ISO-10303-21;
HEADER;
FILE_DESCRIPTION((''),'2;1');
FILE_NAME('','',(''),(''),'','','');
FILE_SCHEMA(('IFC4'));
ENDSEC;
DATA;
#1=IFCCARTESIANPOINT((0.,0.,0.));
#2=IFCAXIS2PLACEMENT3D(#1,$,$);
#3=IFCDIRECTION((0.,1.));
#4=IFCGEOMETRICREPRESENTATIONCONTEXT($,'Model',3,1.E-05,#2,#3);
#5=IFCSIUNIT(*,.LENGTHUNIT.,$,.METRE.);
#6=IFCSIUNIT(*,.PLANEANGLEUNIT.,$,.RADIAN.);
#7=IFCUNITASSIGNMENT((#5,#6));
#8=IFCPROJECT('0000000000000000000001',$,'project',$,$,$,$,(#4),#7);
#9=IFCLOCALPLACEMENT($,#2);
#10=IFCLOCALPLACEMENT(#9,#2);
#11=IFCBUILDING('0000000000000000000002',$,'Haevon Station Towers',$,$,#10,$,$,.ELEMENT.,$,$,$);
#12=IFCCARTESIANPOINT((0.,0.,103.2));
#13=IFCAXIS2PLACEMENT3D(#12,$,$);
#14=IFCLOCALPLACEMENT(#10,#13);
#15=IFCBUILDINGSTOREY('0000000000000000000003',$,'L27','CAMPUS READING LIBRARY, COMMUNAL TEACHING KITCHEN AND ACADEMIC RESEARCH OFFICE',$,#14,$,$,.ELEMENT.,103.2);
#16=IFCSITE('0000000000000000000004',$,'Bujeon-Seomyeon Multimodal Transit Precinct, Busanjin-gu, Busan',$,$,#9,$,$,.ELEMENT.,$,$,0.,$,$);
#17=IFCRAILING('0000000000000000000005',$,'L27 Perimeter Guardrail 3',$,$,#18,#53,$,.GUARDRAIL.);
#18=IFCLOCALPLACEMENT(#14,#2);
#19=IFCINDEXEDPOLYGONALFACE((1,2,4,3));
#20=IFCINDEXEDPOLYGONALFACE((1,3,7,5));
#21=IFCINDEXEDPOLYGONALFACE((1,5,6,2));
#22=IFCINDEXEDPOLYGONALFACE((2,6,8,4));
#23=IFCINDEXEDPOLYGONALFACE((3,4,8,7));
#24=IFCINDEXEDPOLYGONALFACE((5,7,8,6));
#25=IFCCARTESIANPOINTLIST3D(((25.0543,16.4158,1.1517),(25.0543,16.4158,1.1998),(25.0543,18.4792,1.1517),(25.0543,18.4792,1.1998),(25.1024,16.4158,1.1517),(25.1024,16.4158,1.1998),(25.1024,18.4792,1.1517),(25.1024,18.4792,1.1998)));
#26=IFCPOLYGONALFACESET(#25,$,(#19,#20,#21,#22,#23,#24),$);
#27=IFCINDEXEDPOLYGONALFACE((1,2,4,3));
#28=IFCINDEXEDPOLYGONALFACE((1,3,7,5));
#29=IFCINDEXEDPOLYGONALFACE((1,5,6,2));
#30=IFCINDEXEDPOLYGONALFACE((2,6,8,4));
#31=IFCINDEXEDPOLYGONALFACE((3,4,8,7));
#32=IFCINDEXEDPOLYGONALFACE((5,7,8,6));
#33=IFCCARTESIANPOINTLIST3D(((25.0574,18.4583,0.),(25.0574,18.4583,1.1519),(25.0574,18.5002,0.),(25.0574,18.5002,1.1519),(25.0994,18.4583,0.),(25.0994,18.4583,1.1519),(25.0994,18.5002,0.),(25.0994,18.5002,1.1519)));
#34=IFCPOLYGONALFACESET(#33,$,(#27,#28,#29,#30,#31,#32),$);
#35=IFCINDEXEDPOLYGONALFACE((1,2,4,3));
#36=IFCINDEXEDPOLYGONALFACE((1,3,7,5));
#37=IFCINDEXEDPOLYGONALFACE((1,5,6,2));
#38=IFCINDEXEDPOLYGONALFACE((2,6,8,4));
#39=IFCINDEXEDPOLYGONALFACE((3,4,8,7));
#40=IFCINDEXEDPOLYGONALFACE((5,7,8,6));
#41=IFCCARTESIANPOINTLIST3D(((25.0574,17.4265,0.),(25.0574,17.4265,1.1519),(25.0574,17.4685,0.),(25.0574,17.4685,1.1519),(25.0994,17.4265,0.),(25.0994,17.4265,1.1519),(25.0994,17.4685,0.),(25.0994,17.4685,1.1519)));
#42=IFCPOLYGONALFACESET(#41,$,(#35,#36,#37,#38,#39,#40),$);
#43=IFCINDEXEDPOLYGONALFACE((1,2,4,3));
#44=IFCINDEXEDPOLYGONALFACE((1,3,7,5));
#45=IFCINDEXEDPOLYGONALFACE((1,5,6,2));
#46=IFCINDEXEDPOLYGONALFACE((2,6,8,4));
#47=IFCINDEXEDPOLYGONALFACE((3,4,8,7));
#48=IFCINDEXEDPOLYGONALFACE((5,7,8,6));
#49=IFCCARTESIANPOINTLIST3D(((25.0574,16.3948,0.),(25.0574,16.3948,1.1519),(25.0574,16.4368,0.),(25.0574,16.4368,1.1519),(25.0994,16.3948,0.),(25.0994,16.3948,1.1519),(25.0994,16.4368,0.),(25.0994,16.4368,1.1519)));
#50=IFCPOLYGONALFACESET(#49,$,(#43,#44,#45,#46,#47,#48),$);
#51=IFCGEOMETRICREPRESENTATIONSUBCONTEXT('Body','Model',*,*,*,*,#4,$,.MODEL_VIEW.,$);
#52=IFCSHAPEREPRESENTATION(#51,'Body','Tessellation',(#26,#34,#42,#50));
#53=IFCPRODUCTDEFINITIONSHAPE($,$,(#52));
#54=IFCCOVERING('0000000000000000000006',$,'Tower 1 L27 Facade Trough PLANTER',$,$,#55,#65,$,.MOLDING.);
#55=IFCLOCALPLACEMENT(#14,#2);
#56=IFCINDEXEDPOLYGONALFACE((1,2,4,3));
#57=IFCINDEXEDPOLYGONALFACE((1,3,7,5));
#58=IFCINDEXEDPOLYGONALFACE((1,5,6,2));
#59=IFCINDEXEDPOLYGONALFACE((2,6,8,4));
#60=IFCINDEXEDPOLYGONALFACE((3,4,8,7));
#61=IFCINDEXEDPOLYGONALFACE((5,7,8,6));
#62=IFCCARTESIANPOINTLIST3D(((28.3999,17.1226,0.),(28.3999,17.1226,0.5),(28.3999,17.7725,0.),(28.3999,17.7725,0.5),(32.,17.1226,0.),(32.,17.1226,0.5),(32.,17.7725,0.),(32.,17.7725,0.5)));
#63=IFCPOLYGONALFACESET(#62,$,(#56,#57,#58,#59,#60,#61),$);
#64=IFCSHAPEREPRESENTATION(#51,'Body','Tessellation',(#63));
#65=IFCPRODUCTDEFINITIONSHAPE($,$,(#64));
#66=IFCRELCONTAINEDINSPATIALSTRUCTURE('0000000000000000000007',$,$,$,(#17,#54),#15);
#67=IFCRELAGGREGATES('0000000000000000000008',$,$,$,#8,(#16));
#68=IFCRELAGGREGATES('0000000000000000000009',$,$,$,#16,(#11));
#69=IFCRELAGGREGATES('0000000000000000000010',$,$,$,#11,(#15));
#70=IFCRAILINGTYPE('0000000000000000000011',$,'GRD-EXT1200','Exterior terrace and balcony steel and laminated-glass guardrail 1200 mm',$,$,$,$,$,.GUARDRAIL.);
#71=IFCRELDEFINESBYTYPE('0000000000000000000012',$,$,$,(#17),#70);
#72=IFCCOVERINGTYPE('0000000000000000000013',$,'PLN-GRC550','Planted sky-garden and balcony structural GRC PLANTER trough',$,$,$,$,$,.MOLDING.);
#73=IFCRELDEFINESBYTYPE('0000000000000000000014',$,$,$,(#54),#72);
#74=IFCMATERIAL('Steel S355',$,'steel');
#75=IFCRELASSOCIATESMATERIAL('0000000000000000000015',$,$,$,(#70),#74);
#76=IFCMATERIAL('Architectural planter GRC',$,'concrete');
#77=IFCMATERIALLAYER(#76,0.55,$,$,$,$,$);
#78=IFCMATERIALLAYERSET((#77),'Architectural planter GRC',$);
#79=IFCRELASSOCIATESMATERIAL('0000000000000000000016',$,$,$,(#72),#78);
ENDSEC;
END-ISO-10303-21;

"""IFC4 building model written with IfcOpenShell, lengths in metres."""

from ifc_helpers import new_model, si_unit, direction, frame, origin, origin_2d, place, context, subcontext, project, spatial, rectangle, extrude, material, layer, layer_set, type_object, element, save


model = new_model("IFC4")

# Units and contexts
model_context = context("Model", 3, precision=1e-05, world=origin(), true_north=direction((0.0, 1.0)))
body_context = subcontext(model_context, "Body", "Model", "MODEL_VIEW")
ifc_project = project(units=[si_unit("LENGTHUNIT", "METRE"), si_unit("PLANEANGLEUNIT", "RADIAN")], contexts=[model_context])

# Site, building, storey
site_placement = place(None, origin())
site = spatial("IfcSite", under=ifc_project, at=site_placement, Name="Bujeon-Seomyeon Multimodal Transit Precinct, Busanjin-gu, Busan", CompositionType="ELEMENT", RefElevation=0.0)
building_placement = place(site_placement, origin())
building = spatial("IfcBuilding", under=site, at=building_placement, Name="Haevon Station Towers", CompositionType="ELEMENT")
storey_placement = place(building_placement, frame((0.0, 0.0, 103.2)))
storey = spatial("IfcBuildingStorey", under=building, at=storey_placement, Name="L27", Description="CAMPUS READING LIBRARY, COMMUNAL TEACHING KITCHEN AND ACADEMIC RESEARCH OFFICE", CompositionType="ELEMENT", Elevation=103.2)

# Shared definitions
ifc_material_1 = material(Name="Steel S355", Category="steel")

# Railing
railing_type = type_object("IfcRailingType", Name="GRD-EXT1200", Description="Exterior terrace and balcony steel and laminated-glass guardrail 1200 mm", PredefinedType="GUARDRAIL", material=ifc_material_1)
railing_1_placement = place(storey_placement, frame((25.0784, 18.4792, 0.0)))
element("IfcRailing", 1, at=railing_1_placement, inside=storey, type_object=railing_type, Name="L27 Perimeter Guardrail 3", PredefinedType="GUARDRAIL", context=body_context, shape_type="SweptSolid", body=[
    extrude(rectangle(XDim=0.0481, YDim=0.0481, at=origin_2d()), frame((0.0, 0.0, 1.1758), z_axis=(0.0, -1.0, 0.0), x_axis=(1.0, 0.0, 0.0)), (0.0, 0.0, 1.0), 2.0635),
    extrude(rectangle(XDim=0.042, YDim=0.042, at=origin_2d()), origin(), (0.0, 0.0, 1.0), 1.1519),
    extrude(rectangle(XDim=0.042, YDim=0.042, at=origin_2d()), frame((0.0, -1.0317, 0.0)), (0.0, 0.0, 1.0), 1.1519),
    extrude(rectangle(XDim=0.042, YDim=0.042, at=origin_2d()), frame((0.0, -2.0635, 0.0)), (0.0, 0.0, 1.0), 1.1519),
])

# Covering
ifc_material_2 = material(Name="Architectural planter GRC", Category="concrete")
ifc_layer_1 = layer(ifc_material_2, 0.55)
ifc_layer_set_1 = layer_set([ifc_layer_1], Name="Architectural planter GRC")
covering_type_1 = type_object("IfcCoveringType", Name="PLN-GRC550", Description="Planted sky-garden and balcony structural GRC PLANTER trough", PredefinedType="MOLDING", material=ifc_layer_set_1)
covering_1_placement = place(storey_placement, frame((30.2, 17.4475, 0.0), z_axis=(0.0, 0.0, 1.0), x_axis=(1.0, 0.0, 0.0)))
element("IfcCovering", 2, at=covering_1_placement, inside=storey, type_object=covering_type_1, Name="Tower 1 L27 Facade Trough PLANTER", PredefinedType="MOLDING", context=body_context, shape_type="SweptSolid", body=[
    extrude(rectangle(XDim=3.6001, YDim=0.6499, at=origin_2d()), origin(), (0.0, 0.0, 1.0), 0.5),
])

save(model, "model.ifc")
